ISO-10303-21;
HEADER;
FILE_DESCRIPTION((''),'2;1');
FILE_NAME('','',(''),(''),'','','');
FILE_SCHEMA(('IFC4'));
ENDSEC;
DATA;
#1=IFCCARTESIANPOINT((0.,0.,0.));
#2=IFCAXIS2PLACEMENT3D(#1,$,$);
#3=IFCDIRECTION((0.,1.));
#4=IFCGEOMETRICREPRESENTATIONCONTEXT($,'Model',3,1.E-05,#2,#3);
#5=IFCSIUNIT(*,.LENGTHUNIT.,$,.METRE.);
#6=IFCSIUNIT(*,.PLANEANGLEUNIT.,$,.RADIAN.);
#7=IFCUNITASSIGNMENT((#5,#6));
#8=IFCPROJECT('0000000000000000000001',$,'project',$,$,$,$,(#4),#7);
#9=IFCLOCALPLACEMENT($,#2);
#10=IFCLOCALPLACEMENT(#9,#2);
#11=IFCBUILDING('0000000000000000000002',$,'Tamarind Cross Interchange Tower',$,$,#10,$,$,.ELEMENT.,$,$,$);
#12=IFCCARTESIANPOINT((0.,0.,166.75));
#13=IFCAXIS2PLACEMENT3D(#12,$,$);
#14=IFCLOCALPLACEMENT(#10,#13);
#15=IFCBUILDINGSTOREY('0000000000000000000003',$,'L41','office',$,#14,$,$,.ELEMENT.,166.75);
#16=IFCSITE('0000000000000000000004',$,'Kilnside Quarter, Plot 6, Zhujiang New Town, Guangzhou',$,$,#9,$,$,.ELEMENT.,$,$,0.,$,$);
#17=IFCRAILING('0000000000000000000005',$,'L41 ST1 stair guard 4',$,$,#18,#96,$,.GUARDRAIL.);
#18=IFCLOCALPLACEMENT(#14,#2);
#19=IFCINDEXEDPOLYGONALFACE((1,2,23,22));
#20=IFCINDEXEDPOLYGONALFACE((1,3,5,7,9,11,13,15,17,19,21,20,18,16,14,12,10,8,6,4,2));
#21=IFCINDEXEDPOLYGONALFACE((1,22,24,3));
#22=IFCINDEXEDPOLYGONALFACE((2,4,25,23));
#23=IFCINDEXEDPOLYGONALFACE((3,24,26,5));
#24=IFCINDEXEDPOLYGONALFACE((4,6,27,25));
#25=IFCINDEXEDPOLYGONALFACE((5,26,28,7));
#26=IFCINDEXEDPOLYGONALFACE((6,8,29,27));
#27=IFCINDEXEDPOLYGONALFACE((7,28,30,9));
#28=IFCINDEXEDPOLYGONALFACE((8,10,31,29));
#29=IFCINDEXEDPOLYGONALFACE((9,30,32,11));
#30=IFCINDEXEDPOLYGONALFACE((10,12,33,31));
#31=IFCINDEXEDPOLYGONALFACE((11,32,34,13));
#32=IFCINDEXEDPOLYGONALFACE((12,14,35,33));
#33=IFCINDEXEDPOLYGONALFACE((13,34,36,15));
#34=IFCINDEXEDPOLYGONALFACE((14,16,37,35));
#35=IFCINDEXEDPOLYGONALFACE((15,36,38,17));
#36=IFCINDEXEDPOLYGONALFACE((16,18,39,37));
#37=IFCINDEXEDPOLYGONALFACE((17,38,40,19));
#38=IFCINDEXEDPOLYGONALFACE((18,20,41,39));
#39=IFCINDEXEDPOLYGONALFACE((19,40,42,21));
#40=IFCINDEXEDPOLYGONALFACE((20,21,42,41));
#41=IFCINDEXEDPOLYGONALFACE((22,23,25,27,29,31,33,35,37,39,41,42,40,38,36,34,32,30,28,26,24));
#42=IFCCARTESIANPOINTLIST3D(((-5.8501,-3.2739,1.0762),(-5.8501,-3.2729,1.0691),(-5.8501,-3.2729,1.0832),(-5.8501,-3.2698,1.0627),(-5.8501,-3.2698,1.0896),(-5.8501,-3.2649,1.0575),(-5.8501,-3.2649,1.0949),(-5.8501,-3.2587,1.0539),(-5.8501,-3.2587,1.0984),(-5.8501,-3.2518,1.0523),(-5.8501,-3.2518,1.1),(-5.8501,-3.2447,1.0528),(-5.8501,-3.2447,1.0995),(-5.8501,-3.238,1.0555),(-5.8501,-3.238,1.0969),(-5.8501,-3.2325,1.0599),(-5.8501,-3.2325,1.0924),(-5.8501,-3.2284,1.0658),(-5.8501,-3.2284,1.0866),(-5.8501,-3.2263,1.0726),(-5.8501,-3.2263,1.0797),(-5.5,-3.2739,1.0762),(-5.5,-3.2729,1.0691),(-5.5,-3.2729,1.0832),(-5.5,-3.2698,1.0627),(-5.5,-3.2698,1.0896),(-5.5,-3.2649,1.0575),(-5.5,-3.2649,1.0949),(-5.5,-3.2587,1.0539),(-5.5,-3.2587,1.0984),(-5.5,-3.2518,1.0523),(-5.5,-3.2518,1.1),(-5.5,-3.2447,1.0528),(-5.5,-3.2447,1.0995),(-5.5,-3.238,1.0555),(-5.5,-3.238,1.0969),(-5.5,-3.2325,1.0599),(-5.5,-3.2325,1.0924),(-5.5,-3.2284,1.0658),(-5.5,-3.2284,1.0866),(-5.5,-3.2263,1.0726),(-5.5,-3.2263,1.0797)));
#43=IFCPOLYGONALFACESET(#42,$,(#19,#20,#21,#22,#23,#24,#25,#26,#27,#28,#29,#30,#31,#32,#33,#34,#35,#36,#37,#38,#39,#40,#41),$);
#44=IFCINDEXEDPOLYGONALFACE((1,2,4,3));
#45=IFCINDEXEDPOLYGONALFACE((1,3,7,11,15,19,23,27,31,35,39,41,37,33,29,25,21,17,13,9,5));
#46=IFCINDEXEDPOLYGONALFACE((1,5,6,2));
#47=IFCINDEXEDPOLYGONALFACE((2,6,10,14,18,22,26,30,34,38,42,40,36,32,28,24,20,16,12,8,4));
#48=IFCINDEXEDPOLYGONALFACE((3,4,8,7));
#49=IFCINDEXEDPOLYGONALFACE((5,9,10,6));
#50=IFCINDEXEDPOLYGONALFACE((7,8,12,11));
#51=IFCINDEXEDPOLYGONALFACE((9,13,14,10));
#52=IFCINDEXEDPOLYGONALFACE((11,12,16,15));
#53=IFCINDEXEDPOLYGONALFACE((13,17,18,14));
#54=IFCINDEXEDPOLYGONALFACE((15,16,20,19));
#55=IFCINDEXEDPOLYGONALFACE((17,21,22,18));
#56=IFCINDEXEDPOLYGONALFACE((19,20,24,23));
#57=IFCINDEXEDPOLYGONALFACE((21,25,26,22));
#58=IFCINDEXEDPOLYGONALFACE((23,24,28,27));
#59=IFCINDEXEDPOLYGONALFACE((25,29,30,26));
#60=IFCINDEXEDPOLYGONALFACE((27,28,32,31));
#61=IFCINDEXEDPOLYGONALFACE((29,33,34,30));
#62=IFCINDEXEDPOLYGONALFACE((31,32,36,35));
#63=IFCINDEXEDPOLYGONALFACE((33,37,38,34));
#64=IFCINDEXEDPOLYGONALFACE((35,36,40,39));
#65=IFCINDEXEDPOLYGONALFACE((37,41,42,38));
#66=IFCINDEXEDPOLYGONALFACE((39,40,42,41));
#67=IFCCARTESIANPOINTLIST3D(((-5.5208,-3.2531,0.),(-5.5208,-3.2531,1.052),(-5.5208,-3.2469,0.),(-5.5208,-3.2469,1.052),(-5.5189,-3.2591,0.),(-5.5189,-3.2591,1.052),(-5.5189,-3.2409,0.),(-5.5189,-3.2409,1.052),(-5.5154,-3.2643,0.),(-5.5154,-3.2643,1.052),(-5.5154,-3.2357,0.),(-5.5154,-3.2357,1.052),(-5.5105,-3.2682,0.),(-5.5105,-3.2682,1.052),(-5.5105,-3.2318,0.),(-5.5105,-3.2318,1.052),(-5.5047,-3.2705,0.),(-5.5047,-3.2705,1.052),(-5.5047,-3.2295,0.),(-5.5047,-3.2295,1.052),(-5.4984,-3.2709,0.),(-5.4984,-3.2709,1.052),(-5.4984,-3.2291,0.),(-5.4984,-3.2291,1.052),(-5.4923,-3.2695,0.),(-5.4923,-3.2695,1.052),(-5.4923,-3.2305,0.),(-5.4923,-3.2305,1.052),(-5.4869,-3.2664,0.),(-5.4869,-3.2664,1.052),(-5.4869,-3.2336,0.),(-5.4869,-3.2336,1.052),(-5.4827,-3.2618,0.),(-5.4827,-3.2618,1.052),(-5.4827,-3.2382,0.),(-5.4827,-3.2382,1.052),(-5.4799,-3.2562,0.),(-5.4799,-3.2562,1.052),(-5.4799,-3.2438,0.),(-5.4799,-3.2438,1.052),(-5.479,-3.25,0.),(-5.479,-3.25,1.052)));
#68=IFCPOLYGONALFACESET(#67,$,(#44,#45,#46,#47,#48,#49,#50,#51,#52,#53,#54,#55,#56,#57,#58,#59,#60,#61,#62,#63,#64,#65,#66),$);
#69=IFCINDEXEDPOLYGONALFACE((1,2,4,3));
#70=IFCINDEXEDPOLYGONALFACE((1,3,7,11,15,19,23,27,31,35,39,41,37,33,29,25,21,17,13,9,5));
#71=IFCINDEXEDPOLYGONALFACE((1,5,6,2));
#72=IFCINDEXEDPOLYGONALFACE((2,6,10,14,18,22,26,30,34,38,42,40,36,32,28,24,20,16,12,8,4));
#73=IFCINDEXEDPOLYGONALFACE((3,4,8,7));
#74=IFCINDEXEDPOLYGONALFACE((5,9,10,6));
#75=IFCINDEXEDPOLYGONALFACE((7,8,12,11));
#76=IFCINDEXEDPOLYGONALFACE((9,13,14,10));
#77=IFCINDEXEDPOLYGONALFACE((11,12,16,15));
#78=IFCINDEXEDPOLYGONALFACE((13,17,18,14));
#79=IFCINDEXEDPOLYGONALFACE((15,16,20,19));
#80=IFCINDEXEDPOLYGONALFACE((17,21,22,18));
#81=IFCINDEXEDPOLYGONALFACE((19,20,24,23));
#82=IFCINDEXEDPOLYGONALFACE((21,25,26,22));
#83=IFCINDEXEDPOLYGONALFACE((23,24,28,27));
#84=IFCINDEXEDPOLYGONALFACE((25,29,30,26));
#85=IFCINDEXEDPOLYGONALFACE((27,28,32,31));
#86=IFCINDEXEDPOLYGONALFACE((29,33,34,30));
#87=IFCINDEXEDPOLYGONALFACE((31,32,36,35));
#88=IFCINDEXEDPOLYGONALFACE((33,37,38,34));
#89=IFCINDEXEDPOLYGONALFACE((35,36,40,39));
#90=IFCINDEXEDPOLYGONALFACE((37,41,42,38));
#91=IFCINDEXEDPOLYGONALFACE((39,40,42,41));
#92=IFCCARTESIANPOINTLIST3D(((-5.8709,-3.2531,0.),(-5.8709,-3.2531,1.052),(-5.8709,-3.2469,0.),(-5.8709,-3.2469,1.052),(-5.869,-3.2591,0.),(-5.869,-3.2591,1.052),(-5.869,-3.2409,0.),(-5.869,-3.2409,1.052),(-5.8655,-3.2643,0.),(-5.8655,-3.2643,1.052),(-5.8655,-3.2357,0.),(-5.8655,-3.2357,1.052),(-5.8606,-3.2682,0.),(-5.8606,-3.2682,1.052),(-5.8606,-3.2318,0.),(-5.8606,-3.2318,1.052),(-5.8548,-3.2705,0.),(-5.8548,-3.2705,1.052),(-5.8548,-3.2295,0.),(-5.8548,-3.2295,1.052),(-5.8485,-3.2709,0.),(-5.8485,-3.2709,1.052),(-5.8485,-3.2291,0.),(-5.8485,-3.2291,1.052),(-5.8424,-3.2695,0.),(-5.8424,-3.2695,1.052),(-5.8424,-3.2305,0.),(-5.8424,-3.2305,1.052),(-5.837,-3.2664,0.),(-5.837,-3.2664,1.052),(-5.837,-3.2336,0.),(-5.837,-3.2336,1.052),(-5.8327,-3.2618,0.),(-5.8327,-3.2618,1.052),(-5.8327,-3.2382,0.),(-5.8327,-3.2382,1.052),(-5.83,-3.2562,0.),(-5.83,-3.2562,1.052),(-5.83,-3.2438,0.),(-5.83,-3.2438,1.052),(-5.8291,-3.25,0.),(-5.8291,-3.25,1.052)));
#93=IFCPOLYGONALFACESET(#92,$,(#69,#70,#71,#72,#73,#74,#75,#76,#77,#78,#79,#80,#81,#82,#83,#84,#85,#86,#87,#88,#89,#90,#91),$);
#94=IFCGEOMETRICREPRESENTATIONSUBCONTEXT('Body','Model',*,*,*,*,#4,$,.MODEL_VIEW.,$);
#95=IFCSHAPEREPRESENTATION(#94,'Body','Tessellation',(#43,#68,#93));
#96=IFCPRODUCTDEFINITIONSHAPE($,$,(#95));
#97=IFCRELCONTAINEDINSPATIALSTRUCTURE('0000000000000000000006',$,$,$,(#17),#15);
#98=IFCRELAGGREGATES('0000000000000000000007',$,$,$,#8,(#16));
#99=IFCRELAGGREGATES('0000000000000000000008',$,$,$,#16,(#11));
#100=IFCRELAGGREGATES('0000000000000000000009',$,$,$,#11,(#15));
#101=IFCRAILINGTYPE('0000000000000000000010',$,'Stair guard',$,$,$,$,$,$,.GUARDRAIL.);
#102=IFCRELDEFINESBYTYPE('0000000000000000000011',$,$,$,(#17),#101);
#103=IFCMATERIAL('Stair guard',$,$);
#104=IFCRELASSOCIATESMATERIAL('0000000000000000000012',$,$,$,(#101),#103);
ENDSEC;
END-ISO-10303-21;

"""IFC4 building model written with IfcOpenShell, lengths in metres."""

from ifc_helpers import new_model, si_unit, direction, frame, origin, origin_2d, place, context, subcontext, project, spatial, circle, extrude, material, type_object, element, save


model = new_model("IFC4")

# Units and contexts
model_context = context("Model", 3, precision=1e-05, world=origin(), true_north=direction((0.0, 1.0)))
body_context = subcontext(model_context, "Body", "Model", "MODEL_VIEW")
ifc_project = project(units=[si_unit("LENGTHUNIT", "METRE"), si_unit("PLANEANGLEUNIT", "RADIAN")], contexts=[model_context])

# Site, building, storey
site_placement = place(None, origin())
site = spatial("IfcSite", under=ifc_project, at=site_placement, Name="Kilnside Quarter, Plot 6, Zhujiang New Town, Guangzhou", CompositionType="ELEMENT", RefElevation=0.0)
building_placement = place(site_placement, origin())
building = spatial("IfcBuilding", under=site, at=building_placement, Name="Tamarind Cross Interchange Tower", CompositionType="ELEMENT")
storey_placement = place(building_placement, frame((0.0, 0.0, 166.75)))
storey = spatial("IfcBuildingStorey", under=building, at=storey_placement, Name="L41", Description="office", CompositionType="ELEMENT", Elevation=166.75)

# Railing
ifc_material_1 = material(Name="Stair guard")
railing_type_1 = type_object("IfcRailingType", Name="Stair guard", PredefinedType="GUARDRAIL", material=ifc_material_1)
railing_1_placement = place(storey_placement, frame((-5.5, -3.25, 0.0)))
element("IfcRailing", 1, at=railing_1_placement, inside=storey, type_object=railing_type_1, Name="L41 ST1 stair guard 4", PredefinedType="GUARDRAIL", context=body_context, shape_type="SweptSolid", body=[
    extrude(circle(Radius=0.0239, at=origin_2d()), frame((0.0, 0.0, 1.0762), z_axis=(-1.0, 0.0, 0.0), x_axis=(0.0, -1.0, 0.0)), (0.0, 0.0, 1.0), 0.3501),
    extrude(circle(Radius=0.021, at=origin_2d()), origin(), (0.0, 0.0, 1.0), 1.052),
    extrude(circle(Radius=0.021, at=origin_2d()), frame((-0.3501, 0.0, 0.0)), (0.0, 0.0, 1.0), 1.052),
])

save(model, "model.ifc")
